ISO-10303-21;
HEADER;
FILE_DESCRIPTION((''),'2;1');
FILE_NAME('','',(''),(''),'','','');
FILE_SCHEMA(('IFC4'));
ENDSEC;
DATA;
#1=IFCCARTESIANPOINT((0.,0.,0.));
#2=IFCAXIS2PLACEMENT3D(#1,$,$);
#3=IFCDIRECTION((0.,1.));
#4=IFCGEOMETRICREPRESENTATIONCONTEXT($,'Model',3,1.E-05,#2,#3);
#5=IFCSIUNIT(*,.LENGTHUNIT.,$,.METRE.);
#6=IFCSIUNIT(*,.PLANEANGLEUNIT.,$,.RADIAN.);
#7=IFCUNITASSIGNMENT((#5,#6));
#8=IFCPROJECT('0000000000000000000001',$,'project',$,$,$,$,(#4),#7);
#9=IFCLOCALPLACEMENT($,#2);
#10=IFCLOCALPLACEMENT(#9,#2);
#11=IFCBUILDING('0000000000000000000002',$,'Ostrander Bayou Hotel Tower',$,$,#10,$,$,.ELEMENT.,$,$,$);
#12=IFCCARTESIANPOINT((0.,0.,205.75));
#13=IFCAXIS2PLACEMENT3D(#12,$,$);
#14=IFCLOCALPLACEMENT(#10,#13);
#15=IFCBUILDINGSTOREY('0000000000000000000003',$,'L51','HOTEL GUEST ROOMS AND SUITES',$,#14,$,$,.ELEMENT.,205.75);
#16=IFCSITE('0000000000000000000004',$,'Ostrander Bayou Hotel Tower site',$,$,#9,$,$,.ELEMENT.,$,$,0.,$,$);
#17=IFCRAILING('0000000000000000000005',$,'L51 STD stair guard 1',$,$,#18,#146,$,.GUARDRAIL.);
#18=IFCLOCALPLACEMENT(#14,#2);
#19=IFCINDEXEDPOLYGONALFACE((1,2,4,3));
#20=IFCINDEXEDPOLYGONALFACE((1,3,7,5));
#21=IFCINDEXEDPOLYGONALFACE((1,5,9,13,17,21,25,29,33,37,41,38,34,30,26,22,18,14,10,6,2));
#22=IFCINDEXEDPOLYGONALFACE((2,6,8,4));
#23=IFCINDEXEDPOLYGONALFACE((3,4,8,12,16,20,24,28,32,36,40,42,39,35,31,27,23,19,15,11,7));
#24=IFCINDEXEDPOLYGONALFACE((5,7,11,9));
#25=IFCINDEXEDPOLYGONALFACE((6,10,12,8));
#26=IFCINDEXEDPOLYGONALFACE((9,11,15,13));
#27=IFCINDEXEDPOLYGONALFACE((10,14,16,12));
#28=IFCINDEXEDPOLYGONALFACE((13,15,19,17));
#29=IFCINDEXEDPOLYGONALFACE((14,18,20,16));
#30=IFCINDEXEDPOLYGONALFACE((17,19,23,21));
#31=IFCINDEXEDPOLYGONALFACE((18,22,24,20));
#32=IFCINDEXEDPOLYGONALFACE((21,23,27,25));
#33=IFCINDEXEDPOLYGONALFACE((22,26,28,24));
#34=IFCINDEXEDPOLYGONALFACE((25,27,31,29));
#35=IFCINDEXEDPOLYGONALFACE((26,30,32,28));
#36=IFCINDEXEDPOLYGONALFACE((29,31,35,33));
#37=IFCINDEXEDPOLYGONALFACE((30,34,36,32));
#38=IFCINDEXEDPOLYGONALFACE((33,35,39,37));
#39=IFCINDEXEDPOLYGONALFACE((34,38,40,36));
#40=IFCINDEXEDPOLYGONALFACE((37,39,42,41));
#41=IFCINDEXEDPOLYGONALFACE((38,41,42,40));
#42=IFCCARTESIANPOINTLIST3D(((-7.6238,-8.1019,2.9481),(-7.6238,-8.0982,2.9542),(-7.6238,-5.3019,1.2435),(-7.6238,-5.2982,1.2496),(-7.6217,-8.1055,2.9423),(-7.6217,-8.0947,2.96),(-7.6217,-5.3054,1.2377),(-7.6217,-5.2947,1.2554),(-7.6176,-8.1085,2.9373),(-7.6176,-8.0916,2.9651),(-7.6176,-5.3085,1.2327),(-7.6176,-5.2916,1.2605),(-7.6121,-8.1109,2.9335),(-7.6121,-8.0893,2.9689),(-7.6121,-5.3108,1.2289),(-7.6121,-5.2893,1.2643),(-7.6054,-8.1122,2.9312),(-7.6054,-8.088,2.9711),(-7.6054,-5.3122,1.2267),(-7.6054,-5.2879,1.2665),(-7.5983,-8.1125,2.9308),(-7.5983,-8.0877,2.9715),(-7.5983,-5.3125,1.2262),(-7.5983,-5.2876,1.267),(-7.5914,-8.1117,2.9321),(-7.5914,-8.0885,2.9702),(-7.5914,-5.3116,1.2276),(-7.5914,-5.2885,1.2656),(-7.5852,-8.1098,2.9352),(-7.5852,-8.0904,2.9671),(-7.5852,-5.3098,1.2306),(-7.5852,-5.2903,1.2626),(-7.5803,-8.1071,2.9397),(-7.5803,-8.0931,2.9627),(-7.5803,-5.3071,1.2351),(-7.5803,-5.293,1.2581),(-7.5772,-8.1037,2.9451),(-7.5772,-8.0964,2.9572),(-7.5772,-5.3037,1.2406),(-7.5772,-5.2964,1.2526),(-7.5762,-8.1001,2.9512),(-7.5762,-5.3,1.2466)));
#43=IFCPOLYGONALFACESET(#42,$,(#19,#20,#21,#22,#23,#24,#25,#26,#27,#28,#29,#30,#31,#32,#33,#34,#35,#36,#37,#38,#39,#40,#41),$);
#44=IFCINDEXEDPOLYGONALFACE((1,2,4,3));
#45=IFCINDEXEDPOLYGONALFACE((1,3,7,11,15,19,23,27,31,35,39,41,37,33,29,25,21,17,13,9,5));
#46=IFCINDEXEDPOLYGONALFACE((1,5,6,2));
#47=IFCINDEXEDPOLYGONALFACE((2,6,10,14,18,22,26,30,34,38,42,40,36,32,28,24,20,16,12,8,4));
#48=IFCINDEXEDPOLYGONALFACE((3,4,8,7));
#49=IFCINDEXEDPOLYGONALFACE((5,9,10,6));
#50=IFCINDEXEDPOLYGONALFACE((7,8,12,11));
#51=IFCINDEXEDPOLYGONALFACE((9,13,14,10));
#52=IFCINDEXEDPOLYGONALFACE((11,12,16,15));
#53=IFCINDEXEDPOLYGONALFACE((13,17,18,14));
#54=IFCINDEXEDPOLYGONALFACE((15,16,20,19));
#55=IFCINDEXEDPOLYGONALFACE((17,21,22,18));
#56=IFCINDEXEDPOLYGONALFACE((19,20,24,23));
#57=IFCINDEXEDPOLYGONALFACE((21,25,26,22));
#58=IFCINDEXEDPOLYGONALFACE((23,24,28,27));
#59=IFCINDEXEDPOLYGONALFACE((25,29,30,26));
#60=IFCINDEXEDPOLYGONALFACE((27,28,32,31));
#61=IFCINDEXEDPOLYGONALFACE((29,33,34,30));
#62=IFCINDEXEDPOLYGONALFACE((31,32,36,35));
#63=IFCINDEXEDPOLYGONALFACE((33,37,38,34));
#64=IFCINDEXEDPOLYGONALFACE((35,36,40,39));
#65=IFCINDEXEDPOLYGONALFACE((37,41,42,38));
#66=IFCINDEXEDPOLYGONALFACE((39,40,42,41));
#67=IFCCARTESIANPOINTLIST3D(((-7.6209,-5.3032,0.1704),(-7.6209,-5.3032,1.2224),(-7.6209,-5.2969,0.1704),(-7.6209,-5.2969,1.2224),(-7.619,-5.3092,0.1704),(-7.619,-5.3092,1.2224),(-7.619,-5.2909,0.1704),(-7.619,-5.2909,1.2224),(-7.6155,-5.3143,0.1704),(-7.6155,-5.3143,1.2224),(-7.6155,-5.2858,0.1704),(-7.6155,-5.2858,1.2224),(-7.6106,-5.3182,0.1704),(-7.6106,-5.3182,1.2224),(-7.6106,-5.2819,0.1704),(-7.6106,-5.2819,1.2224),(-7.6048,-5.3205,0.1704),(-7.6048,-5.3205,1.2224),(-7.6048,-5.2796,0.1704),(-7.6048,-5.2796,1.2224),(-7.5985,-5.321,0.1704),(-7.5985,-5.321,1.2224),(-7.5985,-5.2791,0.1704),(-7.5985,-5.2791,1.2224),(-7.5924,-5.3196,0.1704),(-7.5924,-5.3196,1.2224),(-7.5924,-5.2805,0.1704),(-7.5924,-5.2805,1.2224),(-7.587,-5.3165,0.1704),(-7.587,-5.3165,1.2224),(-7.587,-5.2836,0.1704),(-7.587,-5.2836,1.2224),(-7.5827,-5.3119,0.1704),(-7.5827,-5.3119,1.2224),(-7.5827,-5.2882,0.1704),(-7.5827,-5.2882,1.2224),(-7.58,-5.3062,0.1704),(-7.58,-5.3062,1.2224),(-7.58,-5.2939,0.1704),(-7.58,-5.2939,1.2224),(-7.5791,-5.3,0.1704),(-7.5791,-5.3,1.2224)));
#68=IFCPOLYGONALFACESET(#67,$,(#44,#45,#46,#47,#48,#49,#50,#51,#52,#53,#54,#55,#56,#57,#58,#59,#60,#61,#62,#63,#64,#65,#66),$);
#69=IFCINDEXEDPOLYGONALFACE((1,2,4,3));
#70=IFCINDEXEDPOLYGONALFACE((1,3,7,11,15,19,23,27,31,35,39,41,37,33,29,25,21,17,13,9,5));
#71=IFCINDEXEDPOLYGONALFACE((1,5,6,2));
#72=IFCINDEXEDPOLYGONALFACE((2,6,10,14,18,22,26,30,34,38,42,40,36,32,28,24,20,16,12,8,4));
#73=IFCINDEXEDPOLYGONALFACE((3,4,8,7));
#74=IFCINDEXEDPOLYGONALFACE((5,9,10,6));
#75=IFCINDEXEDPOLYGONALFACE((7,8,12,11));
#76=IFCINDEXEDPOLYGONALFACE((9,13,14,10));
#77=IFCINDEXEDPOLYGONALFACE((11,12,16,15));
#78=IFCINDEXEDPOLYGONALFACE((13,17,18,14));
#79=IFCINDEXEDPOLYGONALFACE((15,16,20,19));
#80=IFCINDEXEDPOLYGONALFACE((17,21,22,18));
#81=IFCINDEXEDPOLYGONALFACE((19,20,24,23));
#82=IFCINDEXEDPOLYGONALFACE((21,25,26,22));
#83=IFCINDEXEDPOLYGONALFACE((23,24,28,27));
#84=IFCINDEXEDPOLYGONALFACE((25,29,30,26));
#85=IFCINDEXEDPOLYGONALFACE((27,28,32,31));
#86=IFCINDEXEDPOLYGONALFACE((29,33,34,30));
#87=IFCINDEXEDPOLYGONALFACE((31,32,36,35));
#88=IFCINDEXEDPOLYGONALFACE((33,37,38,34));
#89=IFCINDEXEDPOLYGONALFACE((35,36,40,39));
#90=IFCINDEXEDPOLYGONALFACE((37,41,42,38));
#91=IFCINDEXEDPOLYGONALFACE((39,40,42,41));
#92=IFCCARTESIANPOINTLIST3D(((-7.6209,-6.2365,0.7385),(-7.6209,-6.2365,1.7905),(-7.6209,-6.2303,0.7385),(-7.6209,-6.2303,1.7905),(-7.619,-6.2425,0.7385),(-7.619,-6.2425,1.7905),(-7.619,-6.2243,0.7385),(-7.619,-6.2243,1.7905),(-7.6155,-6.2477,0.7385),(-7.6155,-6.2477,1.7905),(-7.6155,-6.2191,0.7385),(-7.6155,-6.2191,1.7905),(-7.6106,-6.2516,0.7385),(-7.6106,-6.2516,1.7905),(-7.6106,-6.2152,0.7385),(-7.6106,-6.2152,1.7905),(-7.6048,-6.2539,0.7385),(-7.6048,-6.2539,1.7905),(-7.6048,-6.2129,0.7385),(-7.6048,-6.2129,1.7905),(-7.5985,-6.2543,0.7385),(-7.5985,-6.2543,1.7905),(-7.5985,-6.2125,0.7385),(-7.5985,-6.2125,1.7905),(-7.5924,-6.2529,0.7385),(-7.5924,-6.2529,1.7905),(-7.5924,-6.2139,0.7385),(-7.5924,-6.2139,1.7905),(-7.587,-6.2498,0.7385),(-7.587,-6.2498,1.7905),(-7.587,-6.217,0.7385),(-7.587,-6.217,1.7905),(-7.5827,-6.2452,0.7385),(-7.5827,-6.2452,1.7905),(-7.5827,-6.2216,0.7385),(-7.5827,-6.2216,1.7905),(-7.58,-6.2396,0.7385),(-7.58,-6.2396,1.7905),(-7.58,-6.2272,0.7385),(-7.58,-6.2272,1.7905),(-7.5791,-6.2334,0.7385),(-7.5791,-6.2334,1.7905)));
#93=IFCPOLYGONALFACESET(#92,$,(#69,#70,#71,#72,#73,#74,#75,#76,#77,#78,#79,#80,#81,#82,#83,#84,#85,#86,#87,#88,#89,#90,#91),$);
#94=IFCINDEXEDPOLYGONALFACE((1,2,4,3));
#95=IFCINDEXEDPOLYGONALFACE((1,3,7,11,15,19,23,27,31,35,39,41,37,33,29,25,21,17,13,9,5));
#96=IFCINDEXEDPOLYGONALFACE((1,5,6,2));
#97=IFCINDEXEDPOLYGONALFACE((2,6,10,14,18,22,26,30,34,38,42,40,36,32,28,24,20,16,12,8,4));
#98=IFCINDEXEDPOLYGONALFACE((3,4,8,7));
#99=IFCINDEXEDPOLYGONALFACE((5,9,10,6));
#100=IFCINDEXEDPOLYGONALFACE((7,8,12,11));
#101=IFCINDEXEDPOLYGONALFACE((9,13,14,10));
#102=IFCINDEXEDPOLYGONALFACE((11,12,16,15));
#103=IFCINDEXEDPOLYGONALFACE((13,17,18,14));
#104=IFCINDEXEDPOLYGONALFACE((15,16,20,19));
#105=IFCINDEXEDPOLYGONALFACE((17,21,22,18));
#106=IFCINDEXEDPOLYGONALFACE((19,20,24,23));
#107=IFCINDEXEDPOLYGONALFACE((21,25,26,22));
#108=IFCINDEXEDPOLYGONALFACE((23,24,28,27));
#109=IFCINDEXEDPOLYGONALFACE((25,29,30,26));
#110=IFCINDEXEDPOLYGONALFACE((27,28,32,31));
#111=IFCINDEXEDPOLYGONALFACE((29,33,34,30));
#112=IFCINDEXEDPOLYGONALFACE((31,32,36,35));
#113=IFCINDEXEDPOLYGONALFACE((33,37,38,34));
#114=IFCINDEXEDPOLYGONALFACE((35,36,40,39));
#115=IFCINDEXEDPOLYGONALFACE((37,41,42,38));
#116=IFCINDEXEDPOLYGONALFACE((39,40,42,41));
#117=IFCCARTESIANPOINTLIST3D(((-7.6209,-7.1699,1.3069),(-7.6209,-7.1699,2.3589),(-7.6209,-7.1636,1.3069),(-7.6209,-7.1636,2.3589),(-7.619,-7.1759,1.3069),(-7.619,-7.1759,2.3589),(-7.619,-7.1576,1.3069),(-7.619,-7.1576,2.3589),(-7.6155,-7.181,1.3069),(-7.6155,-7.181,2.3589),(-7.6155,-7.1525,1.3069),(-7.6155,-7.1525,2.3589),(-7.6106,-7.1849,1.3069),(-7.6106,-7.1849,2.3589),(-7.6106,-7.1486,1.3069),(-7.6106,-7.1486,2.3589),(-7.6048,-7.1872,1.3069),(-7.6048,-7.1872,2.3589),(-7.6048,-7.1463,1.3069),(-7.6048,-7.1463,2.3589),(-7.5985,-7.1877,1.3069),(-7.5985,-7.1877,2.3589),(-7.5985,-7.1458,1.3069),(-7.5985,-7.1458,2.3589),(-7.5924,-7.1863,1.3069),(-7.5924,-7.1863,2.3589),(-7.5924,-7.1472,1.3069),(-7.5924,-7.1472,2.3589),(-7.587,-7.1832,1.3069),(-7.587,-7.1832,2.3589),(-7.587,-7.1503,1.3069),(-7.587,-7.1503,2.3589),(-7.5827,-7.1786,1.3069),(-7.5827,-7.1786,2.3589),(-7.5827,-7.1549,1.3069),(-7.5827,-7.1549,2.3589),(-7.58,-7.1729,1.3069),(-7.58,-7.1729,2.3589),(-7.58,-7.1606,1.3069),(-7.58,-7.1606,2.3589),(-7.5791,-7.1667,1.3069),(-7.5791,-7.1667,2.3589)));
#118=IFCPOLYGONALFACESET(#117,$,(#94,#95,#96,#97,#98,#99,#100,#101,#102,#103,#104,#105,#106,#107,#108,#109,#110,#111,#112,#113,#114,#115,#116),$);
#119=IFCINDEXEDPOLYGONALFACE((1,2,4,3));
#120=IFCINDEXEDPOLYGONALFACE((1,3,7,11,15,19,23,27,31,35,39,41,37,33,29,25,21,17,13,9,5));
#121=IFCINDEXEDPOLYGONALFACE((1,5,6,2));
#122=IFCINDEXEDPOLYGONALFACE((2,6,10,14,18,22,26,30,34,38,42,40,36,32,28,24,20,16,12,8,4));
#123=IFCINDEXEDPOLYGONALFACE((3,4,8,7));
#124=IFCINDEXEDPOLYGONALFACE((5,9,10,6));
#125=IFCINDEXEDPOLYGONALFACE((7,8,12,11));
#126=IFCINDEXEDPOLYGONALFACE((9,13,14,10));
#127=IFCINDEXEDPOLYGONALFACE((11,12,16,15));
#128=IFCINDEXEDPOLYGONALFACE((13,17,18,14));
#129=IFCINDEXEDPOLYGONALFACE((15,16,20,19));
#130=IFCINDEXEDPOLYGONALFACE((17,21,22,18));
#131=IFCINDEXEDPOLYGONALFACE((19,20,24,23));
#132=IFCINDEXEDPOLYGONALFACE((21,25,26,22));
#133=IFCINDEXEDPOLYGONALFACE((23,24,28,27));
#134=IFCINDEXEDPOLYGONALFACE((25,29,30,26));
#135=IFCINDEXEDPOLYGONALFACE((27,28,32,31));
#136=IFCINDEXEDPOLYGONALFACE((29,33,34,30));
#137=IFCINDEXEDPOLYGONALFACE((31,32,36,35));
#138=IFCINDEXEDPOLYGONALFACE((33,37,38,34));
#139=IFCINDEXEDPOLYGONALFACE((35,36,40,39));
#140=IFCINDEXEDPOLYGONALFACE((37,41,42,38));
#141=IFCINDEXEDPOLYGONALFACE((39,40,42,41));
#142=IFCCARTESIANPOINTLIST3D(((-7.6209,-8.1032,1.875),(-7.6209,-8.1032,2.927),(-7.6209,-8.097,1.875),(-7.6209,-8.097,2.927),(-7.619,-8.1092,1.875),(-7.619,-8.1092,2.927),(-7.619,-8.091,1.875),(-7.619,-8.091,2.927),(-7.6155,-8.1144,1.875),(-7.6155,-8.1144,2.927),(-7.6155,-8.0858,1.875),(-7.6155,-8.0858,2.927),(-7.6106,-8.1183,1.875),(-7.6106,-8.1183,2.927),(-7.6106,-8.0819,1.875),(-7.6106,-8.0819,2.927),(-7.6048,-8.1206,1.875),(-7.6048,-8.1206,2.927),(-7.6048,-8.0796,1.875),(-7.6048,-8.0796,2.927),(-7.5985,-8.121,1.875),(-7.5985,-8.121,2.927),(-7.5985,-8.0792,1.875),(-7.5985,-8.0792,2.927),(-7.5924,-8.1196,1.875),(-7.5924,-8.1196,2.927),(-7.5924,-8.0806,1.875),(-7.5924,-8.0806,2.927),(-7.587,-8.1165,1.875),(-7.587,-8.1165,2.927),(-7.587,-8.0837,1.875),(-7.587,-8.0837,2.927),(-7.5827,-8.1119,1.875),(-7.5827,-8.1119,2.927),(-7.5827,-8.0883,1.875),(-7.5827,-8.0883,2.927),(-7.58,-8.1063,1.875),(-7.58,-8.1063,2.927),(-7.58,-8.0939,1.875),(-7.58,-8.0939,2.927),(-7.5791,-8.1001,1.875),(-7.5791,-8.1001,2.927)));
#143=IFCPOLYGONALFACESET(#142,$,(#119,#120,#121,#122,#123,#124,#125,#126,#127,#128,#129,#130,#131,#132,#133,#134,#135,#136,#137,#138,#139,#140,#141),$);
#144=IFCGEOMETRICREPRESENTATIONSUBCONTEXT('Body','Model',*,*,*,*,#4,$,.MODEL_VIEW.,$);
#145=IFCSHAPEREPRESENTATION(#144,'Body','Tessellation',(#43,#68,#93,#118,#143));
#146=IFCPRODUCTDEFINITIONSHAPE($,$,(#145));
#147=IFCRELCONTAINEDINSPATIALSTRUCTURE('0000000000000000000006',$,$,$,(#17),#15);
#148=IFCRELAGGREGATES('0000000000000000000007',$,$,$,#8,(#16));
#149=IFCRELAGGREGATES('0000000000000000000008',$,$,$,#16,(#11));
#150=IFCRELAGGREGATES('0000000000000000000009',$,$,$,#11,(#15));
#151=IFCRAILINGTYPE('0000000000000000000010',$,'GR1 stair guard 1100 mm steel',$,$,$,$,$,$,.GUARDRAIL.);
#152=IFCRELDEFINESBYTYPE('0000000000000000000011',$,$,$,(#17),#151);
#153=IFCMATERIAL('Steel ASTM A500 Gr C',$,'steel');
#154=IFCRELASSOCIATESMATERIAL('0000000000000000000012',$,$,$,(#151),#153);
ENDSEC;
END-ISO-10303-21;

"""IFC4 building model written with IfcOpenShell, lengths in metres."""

from ifc_helpers import new_model, si_unit, direction, frame, origin, origin_2d, place, context, subcontext, project, spatial, circle, extrude, material, type_object, element, save


model = new_model("IFC4")

# Units and contexts
model_context = context("Model", 3, precision=1e-05, world=origin(), true_north=direction((0.0, 1.0)))
body_context = subcontext(model_context, "Body", "Model", "MODEL_VIEW")
ifc_project = project(units=[si_unit("LENGTHUNIT", "METRE"), si_unit("PLANEANGLEUNIT", "RADIAN")], contexts=[model_context])

# Site, building, storey
site_placement = place(None, origin())
site = spatial("IfcSite", under=ifc_project, at=site_placement, Name="Ostrander Bayou Hotel Tower site", CompositionType="ELEMENT", RefElevation=0.0)
building_placement = place(site_placement, origin())
building = spatial("IfcBuilding", under=site, at=building_placement, Name="Ostrander Bayou Hotel Tower", CompositionType="ELEMENT")
storey_placement = place(building_placement, frame((0.0, 0.0, 205.75)))
storey = spatial("IfcBuildingStorey", under=building, at=storey_placement, Name="L51", Description="HOTEL GUEST ROOMS AND SUITES", CompositionType="ELEMENT", Elevation=205.75)

# Railing
ifc_material_1 = material(Name="Steel ASTM A500 Gr C", Category="steel")
railing_type_1 = type_object("IfcRailingType", Name="GR1 stair guard 1100 mm steel", PredefinedType="GUARDRAIL", material=ifc_material_1)
railing_1_placement = place(storey_placement, frame((-7.6001, -5.3, 0.1704)))
element("IfcRailing", 1, at=railing_1_placement, inside=storey, type_object=railing_type_1, Name="L51 STD stair guard 1", PredefinedType="GUARDRAIL", context=body_context, shape_type="SweptSolid", body=[
    extrude(circle(Radius=0.0239, at=origin_2d()), frame((0.0, 0.0, 1.0762), z_axis=(0.0, -0.85417, 0.519994), x_axis=(1.0, 0.0, 0.0)), (0.0, 0.0, 1.0), 3.2781),
    extrude(circle(Radius=0.021, at=origin_2d()), origin(), (0.0, 0.0, 1.0), 1.052),
    extrude(circle(Radius=0.021, at=origin_2d()), frame((0.0, -0.9333, 0.5681)), (0.0, 0.0, 1.0), 1.052),
    extrude(circle(Radius=0.021, at=origin_2d()), frame((0.0, -1.8667, 1.1365)), (0.0, 0.0, 1.0), 1.052),
    extrude(circle(Radius=0.021, at=origin_2d()), frame((0.0, -2.8, 1.7046)), (0.0, 0.0, 1.0), 1.052),
])

save(model, "model.ifc")
